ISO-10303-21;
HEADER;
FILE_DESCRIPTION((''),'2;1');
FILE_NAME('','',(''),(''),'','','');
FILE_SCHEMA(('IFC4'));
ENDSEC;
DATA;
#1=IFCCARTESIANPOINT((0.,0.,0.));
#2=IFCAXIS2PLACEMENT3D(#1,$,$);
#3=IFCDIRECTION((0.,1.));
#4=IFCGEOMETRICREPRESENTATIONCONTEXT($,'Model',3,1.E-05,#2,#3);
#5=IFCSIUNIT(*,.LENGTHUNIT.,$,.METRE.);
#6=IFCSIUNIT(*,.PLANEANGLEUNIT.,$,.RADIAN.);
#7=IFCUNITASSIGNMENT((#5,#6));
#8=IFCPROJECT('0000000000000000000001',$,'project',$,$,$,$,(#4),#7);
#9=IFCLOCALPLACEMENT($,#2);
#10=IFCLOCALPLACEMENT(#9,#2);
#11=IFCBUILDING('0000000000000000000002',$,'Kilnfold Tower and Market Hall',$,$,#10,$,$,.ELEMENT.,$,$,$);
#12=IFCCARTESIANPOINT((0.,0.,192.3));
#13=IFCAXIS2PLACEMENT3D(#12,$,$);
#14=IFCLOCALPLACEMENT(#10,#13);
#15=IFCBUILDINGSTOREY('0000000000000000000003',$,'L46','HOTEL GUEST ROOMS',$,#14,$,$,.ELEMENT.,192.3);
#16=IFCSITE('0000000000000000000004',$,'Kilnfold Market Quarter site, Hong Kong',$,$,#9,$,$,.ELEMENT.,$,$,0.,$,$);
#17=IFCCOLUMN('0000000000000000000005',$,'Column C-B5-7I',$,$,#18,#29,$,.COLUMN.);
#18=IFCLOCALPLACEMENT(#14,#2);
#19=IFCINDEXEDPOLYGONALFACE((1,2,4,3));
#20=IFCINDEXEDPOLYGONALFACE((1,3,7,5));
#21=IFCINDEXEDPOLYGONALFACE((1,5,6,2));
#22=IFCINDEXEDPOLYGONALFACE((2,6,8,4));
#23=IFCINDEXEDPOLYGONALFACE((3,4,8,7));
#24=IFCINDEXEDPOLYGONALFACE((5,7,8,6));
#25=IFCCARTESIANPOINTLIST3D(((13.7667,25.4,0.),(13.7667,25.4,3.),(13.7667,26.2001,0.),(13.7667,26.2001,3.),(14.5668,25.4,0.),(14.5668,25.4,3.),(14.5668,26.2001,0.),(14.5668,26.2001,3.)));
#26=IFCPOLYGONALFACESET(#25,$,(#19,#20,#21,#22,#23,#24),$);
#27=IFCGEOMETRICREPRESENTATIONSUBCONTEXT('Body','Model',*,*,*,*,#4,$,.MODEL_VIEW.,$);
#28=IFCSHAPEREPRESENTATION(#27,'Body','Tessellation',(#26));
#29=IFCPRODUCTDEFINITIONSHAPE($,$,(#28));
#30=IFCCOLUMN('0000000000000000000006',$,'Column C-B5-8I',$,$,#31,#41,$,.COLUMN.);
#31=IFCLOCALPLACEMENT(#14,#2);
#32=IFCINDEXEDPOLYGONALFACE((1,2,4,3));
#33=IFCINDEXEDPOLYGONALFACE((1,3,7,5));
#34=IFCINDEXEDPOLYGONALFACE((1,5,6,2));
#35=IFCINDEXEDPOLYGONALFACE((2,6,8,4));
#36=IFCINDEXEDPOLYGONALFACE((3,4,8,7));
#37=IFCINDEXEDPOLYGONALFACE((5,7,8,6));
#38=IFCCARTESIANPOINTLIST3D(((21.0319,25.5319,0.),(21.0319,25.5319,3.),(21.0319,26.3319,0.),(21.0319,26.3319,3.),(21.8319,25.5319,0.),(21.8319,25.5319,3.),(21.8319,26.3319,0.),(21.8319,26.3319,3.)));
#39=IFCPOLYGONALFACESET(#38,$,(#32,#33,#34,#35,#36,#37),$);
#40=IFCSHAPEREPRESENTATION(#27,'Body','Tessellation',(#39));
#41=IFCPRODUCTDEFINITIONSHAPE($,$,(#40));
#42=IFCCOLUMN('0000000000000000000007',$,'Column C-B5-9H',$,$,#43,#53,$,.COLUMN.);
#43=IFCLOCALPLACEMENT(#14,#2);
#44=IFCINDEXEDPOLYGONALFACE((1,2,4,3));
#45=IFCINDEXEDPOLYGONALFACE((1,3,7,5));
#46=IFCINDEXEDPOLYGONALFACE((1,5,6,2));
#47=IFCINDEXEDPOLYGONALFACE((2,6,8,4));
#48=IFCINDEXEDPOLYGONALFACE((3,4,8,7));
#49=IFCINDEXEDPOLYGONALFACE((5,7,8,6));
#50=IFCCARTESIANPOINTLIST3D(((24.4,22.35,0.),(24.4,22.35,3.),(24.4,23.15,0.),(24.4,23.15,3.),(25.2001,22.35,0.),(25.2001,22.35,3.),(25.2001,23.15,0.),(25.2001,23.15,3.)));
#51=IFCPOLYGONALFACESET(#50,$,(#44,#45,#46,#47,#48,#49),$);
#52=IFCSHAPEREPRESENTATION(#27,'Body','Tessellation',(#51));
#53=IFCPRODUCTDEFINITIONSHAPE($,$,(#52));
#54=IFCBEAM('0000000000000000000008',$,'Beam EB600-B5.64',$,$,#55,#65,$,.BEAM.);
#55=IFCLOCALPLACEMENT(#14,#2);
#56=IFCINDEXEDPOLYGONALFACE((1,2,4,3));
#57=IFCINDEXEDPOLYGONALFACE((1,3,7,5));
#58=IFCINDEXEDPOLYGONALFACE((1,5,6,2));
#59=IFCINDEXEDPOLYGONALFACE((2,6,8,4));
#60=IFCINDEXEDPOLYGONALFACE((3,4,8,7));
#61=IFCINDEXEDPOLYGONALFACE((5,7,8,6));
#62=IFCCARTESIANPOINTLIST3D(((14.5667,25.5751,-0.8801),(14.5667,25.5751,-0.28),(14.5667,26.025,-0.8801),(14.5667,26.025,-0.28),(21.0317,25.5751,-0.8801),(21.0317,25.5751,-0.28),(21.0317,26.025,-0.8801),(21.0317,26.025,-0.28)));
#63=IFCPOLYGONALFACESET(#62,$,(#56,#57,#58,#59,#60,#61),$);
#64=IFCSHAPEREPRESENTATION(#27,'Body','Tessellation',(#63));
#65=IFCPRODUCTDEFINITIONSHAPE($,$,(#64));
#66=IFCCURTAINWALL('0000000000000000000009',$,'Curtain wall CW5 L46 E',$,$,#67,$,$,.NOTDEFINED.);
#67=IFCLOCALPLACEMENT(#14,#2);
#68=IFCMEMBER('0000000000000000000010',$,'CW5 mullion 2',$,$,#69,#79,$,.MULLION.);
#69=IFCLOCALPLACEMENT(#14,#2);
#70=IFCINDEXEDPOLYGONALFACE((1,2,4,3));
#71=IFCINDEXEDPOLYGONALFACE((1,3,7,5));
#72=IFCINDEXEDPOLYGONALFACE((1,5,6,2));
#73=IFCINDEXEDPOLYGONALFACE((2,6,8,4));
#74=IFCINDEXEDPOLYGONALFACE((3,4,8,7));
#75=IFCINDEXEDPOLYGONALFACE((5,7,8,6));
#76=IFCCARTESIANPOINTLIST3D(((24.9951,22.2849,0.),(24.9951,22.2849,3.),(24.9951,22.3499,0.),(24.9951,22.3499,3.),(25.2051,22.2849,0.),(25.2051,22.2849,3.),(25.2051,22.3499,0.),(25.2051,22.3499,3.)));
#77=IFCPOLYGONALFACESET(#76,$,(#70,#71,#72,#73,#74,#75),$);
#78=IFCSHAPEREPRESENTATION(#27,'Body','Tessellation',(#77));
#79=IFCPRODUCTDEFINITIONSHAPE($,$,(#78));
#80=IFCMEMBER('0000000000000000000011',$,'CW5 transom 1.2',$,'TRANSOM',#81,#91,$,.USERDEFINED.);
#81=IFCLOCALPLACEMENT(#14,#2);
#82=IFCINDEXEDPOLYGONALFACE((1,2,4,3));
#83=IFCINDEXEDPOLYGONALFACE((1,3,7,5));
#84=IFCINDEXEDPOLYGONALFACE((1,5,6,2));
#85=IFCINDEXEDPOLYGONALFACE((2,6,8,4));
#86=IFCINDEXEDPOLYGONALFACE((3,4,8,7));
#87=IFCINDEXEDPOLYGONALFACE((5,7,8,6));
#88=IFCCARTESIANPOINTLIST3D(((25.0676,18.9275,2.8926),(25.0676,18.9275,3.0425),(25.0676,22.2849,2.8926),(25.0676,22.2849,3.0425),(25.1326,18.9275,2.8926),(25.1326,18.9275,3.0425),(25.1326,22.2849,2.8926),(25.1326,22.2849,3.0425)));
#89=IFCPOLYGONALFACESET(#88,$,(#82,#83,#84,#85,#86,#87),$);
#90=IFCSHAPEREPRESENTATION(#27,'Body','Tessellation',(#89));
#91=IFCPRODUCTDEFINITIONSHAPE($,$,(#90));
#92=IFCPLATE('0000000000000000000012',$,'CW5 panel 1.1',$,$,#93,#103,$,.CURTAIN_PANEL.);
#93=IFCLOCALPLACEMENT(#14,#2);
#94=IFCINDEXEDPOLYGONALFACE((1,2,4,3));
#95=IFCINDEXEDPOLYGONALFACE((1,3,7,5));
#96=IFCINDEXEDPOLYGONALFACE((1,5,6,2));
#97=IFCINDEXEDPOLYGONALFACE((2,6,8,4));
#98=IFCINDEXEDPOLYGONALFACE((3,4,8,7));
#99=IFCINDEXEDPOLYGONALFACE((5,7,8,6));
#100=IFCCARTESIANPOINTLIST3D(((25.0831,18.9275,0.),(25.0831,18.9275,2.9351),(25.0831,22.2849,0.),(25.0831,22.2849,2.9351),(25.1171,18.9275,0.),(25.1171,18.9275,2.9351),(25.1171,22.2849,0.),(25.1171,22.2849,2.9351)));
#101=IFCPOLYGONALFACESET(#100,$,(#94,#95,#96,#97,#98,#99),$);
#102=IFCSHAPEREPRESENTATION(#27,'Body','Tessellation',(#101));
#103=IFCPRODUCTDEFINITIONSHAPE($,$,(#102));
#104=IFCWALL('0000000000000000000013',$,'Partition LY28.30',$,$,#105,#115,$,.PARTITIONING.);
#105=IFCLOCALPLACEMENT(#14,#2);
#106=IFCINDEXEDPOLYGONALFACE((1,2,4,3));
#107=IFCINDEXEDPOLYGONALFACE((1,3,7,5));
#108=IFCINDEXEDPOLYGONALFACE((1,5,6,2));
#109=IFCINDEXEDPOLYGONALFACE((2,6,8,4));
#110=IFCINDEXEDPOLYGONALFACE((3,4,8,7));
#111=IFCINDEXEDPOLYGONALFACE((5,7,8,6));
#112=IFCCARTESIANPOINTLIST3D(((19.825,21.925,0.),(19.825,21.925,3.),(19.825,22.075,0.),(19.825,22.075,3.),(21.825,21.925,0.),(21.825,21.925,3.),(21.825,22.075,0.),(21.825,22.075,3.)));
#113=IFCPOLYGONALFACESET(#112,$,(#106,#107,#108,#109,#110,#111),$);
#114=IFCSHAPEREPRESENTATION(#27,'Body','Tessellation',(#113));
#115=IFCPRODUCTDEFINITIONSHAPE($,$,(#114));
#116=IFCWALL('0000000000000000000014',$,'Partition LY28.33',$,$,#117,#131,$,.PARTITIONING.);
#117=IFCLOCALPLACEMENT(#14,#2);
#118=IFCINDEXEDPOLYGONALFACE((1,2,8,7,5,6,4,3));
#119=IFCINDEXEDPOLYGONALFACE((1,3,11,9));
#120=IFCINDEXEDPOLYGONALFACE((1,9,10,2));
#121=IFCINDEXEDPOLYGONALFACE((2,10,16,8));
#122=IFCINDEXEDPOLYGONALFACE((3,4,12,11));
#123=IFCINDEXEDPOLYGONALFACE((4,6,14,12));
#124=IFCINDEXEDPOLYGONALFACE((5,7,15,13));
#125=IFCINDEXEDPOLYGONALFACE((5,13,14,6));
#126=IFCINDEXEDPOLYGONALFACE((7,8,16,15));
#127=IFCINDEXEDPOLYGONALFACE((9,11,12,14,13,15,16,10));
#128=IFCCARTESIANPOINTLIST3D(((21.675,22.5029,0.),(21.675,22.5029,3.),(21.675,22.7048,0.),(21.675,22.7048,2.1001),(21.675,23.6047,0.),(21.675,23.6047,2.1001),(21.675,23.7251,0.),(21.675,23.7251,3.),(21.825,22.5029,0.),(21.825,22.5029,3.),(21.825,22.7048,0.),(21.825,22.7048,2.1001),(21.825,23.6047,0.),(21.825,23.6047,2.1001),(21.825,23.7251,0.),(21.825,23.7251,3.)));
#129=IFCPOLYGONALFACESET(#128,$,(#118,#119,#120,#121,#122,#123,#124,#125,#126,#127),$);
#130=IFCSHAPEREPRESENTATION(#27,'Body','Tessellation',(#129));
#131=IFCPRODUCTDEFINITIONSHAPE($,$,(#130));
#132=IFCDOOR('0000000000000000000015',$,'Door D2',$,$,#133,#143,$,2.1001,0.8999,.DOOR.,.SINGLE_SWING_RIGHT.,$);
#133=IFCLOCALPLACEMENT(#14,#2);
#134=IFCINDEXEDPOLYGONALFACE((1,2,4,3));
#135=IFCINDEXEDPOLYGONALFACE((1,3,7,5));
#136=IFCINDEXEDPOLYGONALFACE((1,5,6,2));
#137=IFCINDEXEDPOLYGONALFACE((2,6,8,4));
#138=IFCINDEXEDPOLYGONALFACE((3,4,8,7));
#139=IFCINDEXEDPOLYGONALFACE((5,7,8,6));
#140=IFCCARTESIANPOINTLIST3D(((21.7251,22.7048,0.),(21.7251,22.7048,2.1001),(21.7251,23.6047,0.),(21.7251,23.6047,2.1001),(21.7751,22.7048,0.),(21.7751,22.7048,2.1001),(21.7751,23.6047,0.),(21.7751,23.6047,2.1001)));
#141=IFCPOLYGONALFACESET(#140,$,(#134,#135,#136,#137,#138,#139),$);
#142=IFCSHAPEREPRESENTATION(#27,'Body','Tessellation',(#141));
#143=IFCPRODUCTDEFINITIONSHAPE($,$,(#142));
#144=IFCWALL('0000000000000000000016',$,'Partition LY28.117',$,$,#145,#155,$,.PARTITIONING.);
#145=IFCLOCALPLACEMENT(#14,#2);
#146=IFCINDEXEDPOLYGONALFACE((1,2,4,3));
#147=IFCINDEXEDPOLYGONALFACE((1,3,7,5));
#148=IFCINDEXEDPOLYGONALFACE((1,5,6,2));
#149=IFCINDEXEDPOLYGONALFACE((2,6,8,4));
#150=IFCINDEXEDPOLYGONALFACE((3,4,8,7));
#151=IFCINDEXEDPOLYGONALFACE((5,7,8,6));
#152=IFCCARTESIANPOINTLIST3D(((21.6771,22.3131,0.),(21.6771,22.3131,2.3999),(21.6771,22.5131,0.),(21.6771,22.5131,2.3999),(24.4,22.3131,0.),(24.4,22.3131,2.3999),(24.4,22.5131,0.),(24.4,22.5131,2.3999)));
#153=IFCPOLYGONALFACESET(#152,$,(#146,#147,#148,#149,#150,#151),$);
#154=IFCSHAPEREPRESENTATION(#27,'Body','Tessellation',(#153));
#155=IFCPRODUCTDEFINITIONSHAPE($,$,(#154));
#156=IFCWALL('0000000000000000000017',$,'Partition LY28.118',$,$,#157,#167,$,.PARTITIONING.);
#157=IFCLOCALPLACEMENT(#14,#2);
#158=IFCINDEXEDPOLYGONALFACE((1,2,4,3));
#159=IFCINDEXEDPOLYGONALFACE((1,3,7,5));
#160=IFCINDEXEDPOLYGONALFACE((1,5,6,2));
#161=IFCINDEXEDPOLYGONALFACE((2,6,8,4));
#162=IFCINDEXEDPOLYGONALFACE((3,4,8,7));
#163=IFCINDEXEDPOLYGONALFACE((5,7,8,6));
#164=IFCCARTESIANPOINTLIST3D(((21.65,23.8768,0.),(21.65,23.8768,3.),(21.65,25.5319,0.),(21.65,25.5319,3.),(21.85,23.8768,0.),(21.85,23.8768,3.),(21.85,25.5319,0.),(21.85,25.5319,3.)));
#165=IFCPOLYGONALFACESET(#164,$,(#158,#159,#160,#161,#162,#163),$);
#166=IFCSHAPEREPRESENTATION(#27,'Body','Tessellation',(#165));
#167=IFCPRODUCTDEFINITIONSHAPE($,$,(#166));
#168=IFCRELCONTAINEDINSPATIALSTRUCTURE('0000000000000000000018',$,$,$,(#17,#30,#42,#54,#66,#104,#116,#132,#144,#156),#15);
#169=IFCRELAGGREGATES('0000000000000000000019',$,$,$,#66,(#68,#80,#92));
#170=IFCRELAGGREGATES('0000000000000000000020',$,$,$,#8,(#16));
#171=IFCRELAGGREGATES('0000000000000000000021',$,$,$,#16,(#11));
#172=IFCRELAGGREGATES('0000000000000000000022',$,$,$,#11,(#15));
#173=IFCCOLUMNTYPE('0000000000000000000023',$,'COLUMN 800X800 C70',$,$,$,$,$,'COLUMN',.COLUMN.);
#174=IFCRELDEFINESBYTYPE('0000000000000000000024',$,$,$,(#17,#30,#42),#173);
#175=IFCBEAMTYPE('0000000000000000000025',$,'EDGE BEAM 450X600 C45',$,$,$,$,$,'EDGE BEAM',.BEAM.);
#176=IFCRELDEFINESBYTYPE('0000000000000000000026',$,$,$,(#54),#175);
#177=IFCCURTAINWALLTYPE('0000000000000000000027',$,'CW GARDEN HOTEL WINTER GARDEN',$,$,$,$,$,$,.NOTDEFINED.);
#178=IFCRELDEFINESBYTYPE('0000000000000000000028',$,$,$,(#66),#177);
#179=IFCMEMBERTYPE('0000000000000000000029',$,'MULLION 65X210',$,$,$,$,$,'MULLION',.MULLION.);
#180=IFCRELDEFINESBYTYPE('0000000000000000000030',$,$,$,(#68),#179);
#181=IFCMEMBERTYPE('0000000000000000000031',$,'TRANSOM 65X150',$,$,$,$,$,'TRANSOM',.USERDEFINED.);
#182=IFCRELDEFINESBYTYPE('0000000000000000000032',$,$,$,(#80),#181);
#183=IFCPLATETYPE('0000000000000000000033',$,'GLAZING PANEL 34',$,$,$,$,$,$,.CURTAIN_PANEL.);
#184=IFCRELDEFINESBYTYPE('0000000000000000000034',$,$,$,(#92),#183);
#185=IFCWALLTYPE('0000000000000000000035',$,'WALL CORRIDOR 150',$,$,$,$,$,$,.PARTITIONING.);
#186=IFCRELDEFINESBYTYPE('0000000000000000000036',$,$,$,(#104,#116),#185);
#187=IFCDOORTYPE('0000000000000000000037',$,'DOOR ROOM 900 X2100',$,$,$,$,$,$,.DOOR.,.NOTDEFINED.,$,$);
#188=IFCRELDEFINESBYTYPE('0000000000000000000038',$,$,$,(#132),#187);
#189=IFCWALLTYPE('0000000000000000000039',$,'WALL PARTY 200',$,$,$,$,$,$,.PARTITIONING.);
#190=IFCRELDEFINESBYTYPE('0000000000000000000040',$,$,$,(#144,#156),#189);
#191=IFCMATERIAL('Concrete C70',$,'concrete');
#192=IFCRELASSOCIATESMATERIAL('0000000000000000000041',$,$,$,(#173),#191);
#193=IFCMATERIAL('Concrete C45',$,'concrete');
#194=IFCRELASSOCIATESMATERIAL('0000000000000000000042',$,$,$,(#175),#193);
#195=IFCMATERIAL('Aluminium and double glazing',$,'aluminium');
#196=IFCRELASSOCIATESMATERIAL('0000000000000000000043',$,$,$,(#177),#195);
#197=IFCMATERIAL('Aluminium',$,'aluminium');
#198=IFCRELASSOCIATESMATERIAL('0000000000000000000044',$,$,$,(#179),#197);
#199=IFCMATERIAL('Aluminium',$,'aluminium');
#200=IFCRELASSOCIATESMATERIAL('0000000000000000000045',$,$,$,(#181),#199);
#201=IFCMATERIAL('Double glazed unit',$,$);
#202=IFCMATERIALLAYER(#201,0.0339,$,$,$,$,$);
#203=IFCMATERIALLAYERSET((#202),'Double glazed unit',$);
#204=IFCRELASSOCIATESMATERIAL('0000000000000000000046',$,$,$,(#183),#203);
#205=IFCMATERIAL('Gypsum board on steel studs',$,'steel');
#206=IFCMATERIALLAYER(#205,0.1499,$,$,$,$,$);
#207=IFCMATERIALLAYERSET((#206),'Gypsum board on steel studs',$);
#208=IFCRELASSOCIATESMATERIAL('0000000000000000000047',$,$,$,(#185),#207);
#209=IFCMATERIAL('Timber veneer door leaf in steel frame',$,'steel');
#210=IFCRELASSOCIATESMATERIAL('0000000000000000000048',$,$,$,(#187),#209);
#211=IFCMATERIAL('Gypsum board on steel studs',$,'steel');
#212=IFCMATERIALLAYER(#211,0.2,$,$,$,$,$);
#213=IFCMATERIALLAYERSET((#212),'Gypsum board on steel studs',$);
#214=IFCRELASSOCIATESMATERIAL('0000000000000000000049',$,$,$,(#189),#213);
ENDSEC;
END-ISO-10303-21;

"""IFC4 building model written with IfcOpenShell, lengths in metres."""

from ifc_helpers import new_model, si_unit, direction, frame, frame_2d, origin, origin_2d, place, context, subcontext, project, spatial, rectangle, extrude, source, transform, mapped, material, layer, layer_set, material_profile, profile_set, type_object, element, fill, aggregate, save


model = new_model("IFC4")

# Units and contexts
model_context = context("Model", 3, precision=1e-05, world=origin(), true_north=direction((0.0, 1.0)))
body_context = subcontext(model_context, "Body", "Model", "MODEL_VIEW")
ifc_project = project(units=[si_unit("LENGTHUNIT", "METRE"), si_unit("PLANEANGLEUNIT", "RADIAN")], contexts=[model_context])

# Site, building, storey
site_placement = place(None, origin())
site = spatial("IfcSite", under=ifc_project, at=site_placement, Name="Kilnfold Market Quarter site, Hong Kong", CompositionType="ELEMENT", RefElevation=0.0)
building_placement = place(site_placement, origin())
building = spatial("IfcBuilding", under=site, at=building_placement, Name="Kilnfold Tower and Market Hall", CompositionType="ELEMENT")
storey_placement = place(building_placement, frame((0.0, 0.0, 192.3)))
storey = spatial("IfcBuildingStorey", under=building, at=storey_placement, Name="L46", Description="HOTEL GUEST ROOMS", CompositionType="ELEMENT", Elevation=192.3)

# Columns
ifc_material_1 = material(Name="Concrete C70", Category="concrete")
ifc_material_profile_1 = material_profile(ifc_material_1, rectangle(XDim=0.8, YDim=0.8, at=origin_2d()), Name="RC 800x800")
ifc_profile_set_1 = profile_set([ifc_material_profile_1], Name="Concrete C70")
column_type = type_object("IfcColumnType", Name="COLUMN 800X800 C70", ElementType="COLUMN", PredefinedType="COLUMN", material=ifc_profile_set_1)
shared_shape_1 = source(origin(), body_context, "Body", "SweptSolid", [
    extrude(rectangle(XDim=0.8, YDim=0.8, at=origin_2d()), origin(), (0.0, 0.0, 1.0), 3.0),
])
for number, where, z_axis, x_axis, name in (
    (1, (14.1667, 25.8, 0.0), (0.0, 0.0, 1.0), (1.0, 0.0, 0.0), "Column C-B5-7I"),
    (2, (21.4319, 25.9319, 0.0), (0.0, 0.0, 1.0), (1.0, 0.0, 0.0), "Column C-B5-8I"),
    (3, (24.8, 22.75, 0.0), (0.0, 0.0, 1.0), (1.0, 0.0, 0.0), "Column C-B5-9H"),
):
    element("IfcColumn", number, at=place(storey_placement, frame(where, z_axis=z_axis, x_axis=x_axis)), inside=storey, type_object=column_type, Name=name, PredefinedType="COLUMN", context=body_context, shape_type="MappedRepresentation", body=[
        mapped(shared_shape_1, transform((0.0, 0.0, 0.0))),
    ])

# Beam
ifc_material_2 = material(Name="Concrete C45", Category="concrete")
ifc_material_profile_2 = material_profile(ifc_material_2, rectangle(XDim=0.45, YDim=0.6001, at=origin_2d()), Name="RC 450x600")
ifc_profile_set_2 = profile_set([ifc_material_profile_2], Name="Concrete C45")
beam_type = type_object("IfcBeamType", Name="EDGE BEAM 450X600 C45", ElementType="EDGE BEAM", PredefinedType="BEAM", material=ifc_profile_set_2)
shared_shape_2 = source(origin(), body_context, "Body", "SweptSolid", [
    extrude(rectangle(XDim=0.45, YDim=0.6001, at=origin_2d()), origin(), (0.0, 0.0, 1.0), 6.4651),
])
beam_placement = place(storey_placement, frame((14.5667, 25.8, -0.5801), z_axis=(1.0, 0.0, 0.0), x_axis=(0.0, 1.0, 0.0)))
element("IfcBeam", 4, at=beam_placement, inside=storey, type_object=beam_type, Name="Beam EB600-B5.64", PredefinedType="BEAM", context=body_context, shape_type="MappedRepresentation", body=[
    mapped(shared_shape_2, transform((0.0, 0.0, 0.0))),
])

# Curtain wall, members, plate
ifc_material_3 = material(Name="Aluminium and double glazing", Category="aluminium")
curtain_wall_type = type_object("IfcCurtainWallType", Name="CW GARDEN HOTEL WINTER GARDEN", PredefinedType="NOTDEFINED", material=ifc_material_3)
curtain_wall_placement = place(storey_placement, origin())
curtain_wall = element("IfcCurtainWall", 5, at=curtain_wall_placement, inside=storey, type_object=curtain_wall_type, Name="Curtain wall CW5 L46 E", PredefinedType="NOTDEFINED")
ifc_material_4 = material(Name="Aluminium", Category="aluminium")
ifc_material_profile_3 = material_profile(ifc_material_4, rectangle(XDim=0.0649, YDim=0.21, at=origin_2d()), Name="MULLION 65x210")
ifc_profile_set_3 = profile_set([ifc_material_profile_3], Name="Aluminium")
member_type_1 = type_object("IfcMemberType", Name="MULLION 65X210", ElementType="MULLION", PredefinedType="MULLION", material=ifc_profile_set_3)
shared_shape_3 = source(origin(), body_context, "Body", "SweptSolid", [
    extrude(rectangle(XDim=0.0649, YDim=0.21, at=origin_2d()), origin(), (0.0, 0.0, 1.0), 3.0),
])
member_1_placement = place(storey_placement, frame((25.1001, 22.3174, 0.0), z_axis=(0.0, 0.0, 1.0), x_axis=(0.0, 1.0, 0.0)))
member_1 = element("IfcMember", 6, at=member_1_placement, type_object=member_type_1, Name="CW5 mullion 2", PredefinedType="MULLION", context=body_context, shape_type="MappedRepresentation", body=[
    mapped(shared_shape_3, transform((0.0, 0.0, 0.0))),
])
ifc_material_5 = material(Name="Aluminium", Category="aluminium")
ifc_material_profile_4 = material_profile(ifc_material_5, rectangle(XDim=0.0649, YDim=0.1499, at=origin_2d()), Name="TRANSOM 65x150")
ifc_profile_set_4 = profile_set([ifc_material_profile_4], Name="Aluminium")
member_type_2 = type_object("IfcMemberType", Name="TRANSOM 65X150", ElementType="TRANSOM", PredefinedType="USERDEFINED", material=ifc_profile_set_4)
shared_shape_4 = source(origin(), body_context, "Body", "SweptSolid", [
    extrude(rectangle(XDim=0.0649, YDim=0.1499, at=origin_2d()), origin(), (0.0, 0.0, 1.0), 3.3574),
])
member_2_placement = place(storey_placement, frame((25.1001, 18.9275, 2.9675), z_axis=(0.0, 1.0, 0.0), x_axis=(-1.0, 0.0, 0.0)))
member_2 = element("IfcMember", 7, at=member_2_placement, type_object=member_type_2, Name="CW5 transom 1.2", ObjectType="TRANSOM", PredefinedType="USERDEFINED", context=body_context, shape_type="MappedRepresentation", body=[
    mapped(shared_shape_4, transform((0.0, 0.0, 0.0))),
])
ifc_material_6 = material(Name="Double glazed unit")
ifc_layer_1 = layer(ifc_material_6, 0.0339)
ifc_layer_set_1 = layer_set([ifc_layer_1], Name="Double glazed unit")
plate_type = type_object("IfcPlateType", Name="GLAZING PANEL 34", PredefinedType="CURTAIN_PANEL", material=ifc_layer_set_1)
shared_shape_5 = source(origin(), body_context, "Body", "SweptSolid", [
    extrude(rectangle(XDim=3.3574, YDim=0.0339, at=origin_2d()), origin(), (0.0, 0.0, 1.0), 2.9351),
])
plate_placement = place(storey_placement, frame((25.1001, 20.6062, 0.0), z_axis=(0.0, 0.0, 1.0), x_axis=(0.0, 1.0, 0.0)))
plate = element("IfcPlate", 8, at=plate_placement, type_object=plate_type, Name="CW5 panel 1.1", PredefinedType="CURTAIN_PANEL", context=body_context, shape_type="MappedRepresentation", body=[
    mapped(shared_shape_5, transform((0.0, 0.0, 0.0))),
])
aggregate(curtain_wall, [member_1, member_2, plate])

# Wall
ifc_material_7 = material(Name="Gypsum board on steel studs", Category="steel")
ifc_layer_2 = layer(ifc_material_7, 0.1499)
ifc_layer_set_2 = layer_set([ifc_layer_2], Name="Gypsum board on steel studs")
wall_type_1 = type_object("IfcWallType", Name="WALL CORRIDOR 150", PredefinedType="PARTITIONING", material=ifc_layer_set_2)
wall_1_placement = place(storey_placement, frame((19.825, 22.0, 0.0), z_axis=(0.0, 0.0, 1.0), x_axis=(1.0, 0.0, 0.0)))
element("IfcWall", 9, at=wall_1_placement, inside=storey, type_object=wall_type_1, Name="Partition LY28.30", PredefinedType="PARTITIONING", context=body_context, shape_type="SweptSolid", body=[
    extrude(rectangle(XDim=2.0, YDim=0.1499, at=frame_2d((1.0, 0.0))), origin(), (0.0, 0.0, 1.0), 3.0),
])

# Wall, opening, door
wall_2_placement = place(storey_placement, frame((21.75, 22.5029, 0.0), z_axis=(0.0, 0.0, 1.0), x_axis=(0.0, 1.0, 0.0)))
wall_2 = element("IfcWall", 10, at=wall_2_placement, inside=storey, type_object=wall_type_1, Name="Partition LY28.33", PredefinedType="PARTITIONING", context=body_context, shape_type="SweptSolid", body=[
    extrude(rectangle(XDim=1.2222, YDim=0.1499, at=frame_2d((0.6111, 0.0))), origin(), (0.0, 0.0, 1.0), 3.0),
])
opening_1_placement = place(wall_2_placement, frame((0.2019, 0.0, 0.0)))
opening_1 = element("IfcOpeningElement", 11, at=opening_1_placement, cuts=wall_2, PredefinedType="OPENING", context=body_context, shape_type="SweptSolid", body=[
    extrude(rectangle(XDim=0.8999, YDim=2.1001, at=frame_2d((0.45, 1.05))), frame((0.0, 0.085, 0.0), z_axis=(0.0, -1.0, 0.0), x_axis=(1.0, 0.0, 0.0)), (0.0, 0.0, 1.0), 0.1699),
])
ifc_material_8 = material(Name="Timber veneer door leaf in steel frame", Category="steel")
door_type = type_object("IfcDoorType", Name="DOOR ROOM 900 X2100", OperationType="NOTDEFINED", PredefinedType="DOOR", material=ifc_material_8)
door_placement = place(opening_1_placement, origin())
door = element("IfcDoor", 12, at=door_placement, inside=storey, type_object=door_type, Name="Door D2", OperationType="SINGLE_SWING_RIGHT", OverallHeight=2.1001, OverallWidth=0.8999, PredefinedType="DOOR", context=body_context, shape_type="SweptSolid", body=[
    extrude(rectangle(XDim=0.8999, YDim=2.1001, at=frame_2d((0.45, 1.05))), frame((0.0, 0.0249, 0.0), z_axis=(0.0, -1.0, 0.0), x_axis=(1.0, 0.0, 0.0)), (0.0, 0.0, 1.0), 0.05),
])
fill(opening_1, door)

# Walls
ifc_material_9 = material(Name="Gypsum board on steel studs", Category="steel")
ifc_layer_3 = layer(ifc_material_9, 0.2)
ifc_layer_set_3 = layer_set([ifc_layer_3], Name="Gypsum board on steel studs")
wall_type_2 = type_object("IfcWallType", Name="WALL PARTY 200", PredefinedType="PARTITIONING", material=ifc_layer_set_3)
wall_3_placement = place(storey_placement, frame((24.3999, 22.4131, 0.0), z_axis=(0.0, 0.0, 1.0), x_axis=(-1.0, 0.0, 0.0)))
element("IfcWall", 13, at=wall_3_placement, inside=storey, type_object=wall_type_2, Name="Partition LY28.117", PredefinedType="PARTITIONING", context=body_context, shape_type="SweptSolid", body=[
    extrude(rectangle(XDim=2.7229, YDim=0.2, at=frame_2d((1.3613, 0.0))), origin(), (0.0, 0.0, 1.0), 2.3999),
])
wall_4_placement = place(storey_placement, frame((21.75, 25.532, 0.0), z_axis=(0.0, 0.0, 1.0), x_axis=(0.0, -1.0, 0.0)))
element("IfcWall", 14, at=wall_4_placement, inside=storey, type_object=wall_type_2, Name="Partition LY28.118", PredefinedType="PARTITIONING", context=body_context, shape_type="SweptSolid", body=[
    extrude(rectangle(XDim=1.655, YDim=0.2, at=frame_2d((0.8276, 0.0))), origin(), (0.0, 0.0, 1.0), 3.0),
])

save(model, "model.ifc")
